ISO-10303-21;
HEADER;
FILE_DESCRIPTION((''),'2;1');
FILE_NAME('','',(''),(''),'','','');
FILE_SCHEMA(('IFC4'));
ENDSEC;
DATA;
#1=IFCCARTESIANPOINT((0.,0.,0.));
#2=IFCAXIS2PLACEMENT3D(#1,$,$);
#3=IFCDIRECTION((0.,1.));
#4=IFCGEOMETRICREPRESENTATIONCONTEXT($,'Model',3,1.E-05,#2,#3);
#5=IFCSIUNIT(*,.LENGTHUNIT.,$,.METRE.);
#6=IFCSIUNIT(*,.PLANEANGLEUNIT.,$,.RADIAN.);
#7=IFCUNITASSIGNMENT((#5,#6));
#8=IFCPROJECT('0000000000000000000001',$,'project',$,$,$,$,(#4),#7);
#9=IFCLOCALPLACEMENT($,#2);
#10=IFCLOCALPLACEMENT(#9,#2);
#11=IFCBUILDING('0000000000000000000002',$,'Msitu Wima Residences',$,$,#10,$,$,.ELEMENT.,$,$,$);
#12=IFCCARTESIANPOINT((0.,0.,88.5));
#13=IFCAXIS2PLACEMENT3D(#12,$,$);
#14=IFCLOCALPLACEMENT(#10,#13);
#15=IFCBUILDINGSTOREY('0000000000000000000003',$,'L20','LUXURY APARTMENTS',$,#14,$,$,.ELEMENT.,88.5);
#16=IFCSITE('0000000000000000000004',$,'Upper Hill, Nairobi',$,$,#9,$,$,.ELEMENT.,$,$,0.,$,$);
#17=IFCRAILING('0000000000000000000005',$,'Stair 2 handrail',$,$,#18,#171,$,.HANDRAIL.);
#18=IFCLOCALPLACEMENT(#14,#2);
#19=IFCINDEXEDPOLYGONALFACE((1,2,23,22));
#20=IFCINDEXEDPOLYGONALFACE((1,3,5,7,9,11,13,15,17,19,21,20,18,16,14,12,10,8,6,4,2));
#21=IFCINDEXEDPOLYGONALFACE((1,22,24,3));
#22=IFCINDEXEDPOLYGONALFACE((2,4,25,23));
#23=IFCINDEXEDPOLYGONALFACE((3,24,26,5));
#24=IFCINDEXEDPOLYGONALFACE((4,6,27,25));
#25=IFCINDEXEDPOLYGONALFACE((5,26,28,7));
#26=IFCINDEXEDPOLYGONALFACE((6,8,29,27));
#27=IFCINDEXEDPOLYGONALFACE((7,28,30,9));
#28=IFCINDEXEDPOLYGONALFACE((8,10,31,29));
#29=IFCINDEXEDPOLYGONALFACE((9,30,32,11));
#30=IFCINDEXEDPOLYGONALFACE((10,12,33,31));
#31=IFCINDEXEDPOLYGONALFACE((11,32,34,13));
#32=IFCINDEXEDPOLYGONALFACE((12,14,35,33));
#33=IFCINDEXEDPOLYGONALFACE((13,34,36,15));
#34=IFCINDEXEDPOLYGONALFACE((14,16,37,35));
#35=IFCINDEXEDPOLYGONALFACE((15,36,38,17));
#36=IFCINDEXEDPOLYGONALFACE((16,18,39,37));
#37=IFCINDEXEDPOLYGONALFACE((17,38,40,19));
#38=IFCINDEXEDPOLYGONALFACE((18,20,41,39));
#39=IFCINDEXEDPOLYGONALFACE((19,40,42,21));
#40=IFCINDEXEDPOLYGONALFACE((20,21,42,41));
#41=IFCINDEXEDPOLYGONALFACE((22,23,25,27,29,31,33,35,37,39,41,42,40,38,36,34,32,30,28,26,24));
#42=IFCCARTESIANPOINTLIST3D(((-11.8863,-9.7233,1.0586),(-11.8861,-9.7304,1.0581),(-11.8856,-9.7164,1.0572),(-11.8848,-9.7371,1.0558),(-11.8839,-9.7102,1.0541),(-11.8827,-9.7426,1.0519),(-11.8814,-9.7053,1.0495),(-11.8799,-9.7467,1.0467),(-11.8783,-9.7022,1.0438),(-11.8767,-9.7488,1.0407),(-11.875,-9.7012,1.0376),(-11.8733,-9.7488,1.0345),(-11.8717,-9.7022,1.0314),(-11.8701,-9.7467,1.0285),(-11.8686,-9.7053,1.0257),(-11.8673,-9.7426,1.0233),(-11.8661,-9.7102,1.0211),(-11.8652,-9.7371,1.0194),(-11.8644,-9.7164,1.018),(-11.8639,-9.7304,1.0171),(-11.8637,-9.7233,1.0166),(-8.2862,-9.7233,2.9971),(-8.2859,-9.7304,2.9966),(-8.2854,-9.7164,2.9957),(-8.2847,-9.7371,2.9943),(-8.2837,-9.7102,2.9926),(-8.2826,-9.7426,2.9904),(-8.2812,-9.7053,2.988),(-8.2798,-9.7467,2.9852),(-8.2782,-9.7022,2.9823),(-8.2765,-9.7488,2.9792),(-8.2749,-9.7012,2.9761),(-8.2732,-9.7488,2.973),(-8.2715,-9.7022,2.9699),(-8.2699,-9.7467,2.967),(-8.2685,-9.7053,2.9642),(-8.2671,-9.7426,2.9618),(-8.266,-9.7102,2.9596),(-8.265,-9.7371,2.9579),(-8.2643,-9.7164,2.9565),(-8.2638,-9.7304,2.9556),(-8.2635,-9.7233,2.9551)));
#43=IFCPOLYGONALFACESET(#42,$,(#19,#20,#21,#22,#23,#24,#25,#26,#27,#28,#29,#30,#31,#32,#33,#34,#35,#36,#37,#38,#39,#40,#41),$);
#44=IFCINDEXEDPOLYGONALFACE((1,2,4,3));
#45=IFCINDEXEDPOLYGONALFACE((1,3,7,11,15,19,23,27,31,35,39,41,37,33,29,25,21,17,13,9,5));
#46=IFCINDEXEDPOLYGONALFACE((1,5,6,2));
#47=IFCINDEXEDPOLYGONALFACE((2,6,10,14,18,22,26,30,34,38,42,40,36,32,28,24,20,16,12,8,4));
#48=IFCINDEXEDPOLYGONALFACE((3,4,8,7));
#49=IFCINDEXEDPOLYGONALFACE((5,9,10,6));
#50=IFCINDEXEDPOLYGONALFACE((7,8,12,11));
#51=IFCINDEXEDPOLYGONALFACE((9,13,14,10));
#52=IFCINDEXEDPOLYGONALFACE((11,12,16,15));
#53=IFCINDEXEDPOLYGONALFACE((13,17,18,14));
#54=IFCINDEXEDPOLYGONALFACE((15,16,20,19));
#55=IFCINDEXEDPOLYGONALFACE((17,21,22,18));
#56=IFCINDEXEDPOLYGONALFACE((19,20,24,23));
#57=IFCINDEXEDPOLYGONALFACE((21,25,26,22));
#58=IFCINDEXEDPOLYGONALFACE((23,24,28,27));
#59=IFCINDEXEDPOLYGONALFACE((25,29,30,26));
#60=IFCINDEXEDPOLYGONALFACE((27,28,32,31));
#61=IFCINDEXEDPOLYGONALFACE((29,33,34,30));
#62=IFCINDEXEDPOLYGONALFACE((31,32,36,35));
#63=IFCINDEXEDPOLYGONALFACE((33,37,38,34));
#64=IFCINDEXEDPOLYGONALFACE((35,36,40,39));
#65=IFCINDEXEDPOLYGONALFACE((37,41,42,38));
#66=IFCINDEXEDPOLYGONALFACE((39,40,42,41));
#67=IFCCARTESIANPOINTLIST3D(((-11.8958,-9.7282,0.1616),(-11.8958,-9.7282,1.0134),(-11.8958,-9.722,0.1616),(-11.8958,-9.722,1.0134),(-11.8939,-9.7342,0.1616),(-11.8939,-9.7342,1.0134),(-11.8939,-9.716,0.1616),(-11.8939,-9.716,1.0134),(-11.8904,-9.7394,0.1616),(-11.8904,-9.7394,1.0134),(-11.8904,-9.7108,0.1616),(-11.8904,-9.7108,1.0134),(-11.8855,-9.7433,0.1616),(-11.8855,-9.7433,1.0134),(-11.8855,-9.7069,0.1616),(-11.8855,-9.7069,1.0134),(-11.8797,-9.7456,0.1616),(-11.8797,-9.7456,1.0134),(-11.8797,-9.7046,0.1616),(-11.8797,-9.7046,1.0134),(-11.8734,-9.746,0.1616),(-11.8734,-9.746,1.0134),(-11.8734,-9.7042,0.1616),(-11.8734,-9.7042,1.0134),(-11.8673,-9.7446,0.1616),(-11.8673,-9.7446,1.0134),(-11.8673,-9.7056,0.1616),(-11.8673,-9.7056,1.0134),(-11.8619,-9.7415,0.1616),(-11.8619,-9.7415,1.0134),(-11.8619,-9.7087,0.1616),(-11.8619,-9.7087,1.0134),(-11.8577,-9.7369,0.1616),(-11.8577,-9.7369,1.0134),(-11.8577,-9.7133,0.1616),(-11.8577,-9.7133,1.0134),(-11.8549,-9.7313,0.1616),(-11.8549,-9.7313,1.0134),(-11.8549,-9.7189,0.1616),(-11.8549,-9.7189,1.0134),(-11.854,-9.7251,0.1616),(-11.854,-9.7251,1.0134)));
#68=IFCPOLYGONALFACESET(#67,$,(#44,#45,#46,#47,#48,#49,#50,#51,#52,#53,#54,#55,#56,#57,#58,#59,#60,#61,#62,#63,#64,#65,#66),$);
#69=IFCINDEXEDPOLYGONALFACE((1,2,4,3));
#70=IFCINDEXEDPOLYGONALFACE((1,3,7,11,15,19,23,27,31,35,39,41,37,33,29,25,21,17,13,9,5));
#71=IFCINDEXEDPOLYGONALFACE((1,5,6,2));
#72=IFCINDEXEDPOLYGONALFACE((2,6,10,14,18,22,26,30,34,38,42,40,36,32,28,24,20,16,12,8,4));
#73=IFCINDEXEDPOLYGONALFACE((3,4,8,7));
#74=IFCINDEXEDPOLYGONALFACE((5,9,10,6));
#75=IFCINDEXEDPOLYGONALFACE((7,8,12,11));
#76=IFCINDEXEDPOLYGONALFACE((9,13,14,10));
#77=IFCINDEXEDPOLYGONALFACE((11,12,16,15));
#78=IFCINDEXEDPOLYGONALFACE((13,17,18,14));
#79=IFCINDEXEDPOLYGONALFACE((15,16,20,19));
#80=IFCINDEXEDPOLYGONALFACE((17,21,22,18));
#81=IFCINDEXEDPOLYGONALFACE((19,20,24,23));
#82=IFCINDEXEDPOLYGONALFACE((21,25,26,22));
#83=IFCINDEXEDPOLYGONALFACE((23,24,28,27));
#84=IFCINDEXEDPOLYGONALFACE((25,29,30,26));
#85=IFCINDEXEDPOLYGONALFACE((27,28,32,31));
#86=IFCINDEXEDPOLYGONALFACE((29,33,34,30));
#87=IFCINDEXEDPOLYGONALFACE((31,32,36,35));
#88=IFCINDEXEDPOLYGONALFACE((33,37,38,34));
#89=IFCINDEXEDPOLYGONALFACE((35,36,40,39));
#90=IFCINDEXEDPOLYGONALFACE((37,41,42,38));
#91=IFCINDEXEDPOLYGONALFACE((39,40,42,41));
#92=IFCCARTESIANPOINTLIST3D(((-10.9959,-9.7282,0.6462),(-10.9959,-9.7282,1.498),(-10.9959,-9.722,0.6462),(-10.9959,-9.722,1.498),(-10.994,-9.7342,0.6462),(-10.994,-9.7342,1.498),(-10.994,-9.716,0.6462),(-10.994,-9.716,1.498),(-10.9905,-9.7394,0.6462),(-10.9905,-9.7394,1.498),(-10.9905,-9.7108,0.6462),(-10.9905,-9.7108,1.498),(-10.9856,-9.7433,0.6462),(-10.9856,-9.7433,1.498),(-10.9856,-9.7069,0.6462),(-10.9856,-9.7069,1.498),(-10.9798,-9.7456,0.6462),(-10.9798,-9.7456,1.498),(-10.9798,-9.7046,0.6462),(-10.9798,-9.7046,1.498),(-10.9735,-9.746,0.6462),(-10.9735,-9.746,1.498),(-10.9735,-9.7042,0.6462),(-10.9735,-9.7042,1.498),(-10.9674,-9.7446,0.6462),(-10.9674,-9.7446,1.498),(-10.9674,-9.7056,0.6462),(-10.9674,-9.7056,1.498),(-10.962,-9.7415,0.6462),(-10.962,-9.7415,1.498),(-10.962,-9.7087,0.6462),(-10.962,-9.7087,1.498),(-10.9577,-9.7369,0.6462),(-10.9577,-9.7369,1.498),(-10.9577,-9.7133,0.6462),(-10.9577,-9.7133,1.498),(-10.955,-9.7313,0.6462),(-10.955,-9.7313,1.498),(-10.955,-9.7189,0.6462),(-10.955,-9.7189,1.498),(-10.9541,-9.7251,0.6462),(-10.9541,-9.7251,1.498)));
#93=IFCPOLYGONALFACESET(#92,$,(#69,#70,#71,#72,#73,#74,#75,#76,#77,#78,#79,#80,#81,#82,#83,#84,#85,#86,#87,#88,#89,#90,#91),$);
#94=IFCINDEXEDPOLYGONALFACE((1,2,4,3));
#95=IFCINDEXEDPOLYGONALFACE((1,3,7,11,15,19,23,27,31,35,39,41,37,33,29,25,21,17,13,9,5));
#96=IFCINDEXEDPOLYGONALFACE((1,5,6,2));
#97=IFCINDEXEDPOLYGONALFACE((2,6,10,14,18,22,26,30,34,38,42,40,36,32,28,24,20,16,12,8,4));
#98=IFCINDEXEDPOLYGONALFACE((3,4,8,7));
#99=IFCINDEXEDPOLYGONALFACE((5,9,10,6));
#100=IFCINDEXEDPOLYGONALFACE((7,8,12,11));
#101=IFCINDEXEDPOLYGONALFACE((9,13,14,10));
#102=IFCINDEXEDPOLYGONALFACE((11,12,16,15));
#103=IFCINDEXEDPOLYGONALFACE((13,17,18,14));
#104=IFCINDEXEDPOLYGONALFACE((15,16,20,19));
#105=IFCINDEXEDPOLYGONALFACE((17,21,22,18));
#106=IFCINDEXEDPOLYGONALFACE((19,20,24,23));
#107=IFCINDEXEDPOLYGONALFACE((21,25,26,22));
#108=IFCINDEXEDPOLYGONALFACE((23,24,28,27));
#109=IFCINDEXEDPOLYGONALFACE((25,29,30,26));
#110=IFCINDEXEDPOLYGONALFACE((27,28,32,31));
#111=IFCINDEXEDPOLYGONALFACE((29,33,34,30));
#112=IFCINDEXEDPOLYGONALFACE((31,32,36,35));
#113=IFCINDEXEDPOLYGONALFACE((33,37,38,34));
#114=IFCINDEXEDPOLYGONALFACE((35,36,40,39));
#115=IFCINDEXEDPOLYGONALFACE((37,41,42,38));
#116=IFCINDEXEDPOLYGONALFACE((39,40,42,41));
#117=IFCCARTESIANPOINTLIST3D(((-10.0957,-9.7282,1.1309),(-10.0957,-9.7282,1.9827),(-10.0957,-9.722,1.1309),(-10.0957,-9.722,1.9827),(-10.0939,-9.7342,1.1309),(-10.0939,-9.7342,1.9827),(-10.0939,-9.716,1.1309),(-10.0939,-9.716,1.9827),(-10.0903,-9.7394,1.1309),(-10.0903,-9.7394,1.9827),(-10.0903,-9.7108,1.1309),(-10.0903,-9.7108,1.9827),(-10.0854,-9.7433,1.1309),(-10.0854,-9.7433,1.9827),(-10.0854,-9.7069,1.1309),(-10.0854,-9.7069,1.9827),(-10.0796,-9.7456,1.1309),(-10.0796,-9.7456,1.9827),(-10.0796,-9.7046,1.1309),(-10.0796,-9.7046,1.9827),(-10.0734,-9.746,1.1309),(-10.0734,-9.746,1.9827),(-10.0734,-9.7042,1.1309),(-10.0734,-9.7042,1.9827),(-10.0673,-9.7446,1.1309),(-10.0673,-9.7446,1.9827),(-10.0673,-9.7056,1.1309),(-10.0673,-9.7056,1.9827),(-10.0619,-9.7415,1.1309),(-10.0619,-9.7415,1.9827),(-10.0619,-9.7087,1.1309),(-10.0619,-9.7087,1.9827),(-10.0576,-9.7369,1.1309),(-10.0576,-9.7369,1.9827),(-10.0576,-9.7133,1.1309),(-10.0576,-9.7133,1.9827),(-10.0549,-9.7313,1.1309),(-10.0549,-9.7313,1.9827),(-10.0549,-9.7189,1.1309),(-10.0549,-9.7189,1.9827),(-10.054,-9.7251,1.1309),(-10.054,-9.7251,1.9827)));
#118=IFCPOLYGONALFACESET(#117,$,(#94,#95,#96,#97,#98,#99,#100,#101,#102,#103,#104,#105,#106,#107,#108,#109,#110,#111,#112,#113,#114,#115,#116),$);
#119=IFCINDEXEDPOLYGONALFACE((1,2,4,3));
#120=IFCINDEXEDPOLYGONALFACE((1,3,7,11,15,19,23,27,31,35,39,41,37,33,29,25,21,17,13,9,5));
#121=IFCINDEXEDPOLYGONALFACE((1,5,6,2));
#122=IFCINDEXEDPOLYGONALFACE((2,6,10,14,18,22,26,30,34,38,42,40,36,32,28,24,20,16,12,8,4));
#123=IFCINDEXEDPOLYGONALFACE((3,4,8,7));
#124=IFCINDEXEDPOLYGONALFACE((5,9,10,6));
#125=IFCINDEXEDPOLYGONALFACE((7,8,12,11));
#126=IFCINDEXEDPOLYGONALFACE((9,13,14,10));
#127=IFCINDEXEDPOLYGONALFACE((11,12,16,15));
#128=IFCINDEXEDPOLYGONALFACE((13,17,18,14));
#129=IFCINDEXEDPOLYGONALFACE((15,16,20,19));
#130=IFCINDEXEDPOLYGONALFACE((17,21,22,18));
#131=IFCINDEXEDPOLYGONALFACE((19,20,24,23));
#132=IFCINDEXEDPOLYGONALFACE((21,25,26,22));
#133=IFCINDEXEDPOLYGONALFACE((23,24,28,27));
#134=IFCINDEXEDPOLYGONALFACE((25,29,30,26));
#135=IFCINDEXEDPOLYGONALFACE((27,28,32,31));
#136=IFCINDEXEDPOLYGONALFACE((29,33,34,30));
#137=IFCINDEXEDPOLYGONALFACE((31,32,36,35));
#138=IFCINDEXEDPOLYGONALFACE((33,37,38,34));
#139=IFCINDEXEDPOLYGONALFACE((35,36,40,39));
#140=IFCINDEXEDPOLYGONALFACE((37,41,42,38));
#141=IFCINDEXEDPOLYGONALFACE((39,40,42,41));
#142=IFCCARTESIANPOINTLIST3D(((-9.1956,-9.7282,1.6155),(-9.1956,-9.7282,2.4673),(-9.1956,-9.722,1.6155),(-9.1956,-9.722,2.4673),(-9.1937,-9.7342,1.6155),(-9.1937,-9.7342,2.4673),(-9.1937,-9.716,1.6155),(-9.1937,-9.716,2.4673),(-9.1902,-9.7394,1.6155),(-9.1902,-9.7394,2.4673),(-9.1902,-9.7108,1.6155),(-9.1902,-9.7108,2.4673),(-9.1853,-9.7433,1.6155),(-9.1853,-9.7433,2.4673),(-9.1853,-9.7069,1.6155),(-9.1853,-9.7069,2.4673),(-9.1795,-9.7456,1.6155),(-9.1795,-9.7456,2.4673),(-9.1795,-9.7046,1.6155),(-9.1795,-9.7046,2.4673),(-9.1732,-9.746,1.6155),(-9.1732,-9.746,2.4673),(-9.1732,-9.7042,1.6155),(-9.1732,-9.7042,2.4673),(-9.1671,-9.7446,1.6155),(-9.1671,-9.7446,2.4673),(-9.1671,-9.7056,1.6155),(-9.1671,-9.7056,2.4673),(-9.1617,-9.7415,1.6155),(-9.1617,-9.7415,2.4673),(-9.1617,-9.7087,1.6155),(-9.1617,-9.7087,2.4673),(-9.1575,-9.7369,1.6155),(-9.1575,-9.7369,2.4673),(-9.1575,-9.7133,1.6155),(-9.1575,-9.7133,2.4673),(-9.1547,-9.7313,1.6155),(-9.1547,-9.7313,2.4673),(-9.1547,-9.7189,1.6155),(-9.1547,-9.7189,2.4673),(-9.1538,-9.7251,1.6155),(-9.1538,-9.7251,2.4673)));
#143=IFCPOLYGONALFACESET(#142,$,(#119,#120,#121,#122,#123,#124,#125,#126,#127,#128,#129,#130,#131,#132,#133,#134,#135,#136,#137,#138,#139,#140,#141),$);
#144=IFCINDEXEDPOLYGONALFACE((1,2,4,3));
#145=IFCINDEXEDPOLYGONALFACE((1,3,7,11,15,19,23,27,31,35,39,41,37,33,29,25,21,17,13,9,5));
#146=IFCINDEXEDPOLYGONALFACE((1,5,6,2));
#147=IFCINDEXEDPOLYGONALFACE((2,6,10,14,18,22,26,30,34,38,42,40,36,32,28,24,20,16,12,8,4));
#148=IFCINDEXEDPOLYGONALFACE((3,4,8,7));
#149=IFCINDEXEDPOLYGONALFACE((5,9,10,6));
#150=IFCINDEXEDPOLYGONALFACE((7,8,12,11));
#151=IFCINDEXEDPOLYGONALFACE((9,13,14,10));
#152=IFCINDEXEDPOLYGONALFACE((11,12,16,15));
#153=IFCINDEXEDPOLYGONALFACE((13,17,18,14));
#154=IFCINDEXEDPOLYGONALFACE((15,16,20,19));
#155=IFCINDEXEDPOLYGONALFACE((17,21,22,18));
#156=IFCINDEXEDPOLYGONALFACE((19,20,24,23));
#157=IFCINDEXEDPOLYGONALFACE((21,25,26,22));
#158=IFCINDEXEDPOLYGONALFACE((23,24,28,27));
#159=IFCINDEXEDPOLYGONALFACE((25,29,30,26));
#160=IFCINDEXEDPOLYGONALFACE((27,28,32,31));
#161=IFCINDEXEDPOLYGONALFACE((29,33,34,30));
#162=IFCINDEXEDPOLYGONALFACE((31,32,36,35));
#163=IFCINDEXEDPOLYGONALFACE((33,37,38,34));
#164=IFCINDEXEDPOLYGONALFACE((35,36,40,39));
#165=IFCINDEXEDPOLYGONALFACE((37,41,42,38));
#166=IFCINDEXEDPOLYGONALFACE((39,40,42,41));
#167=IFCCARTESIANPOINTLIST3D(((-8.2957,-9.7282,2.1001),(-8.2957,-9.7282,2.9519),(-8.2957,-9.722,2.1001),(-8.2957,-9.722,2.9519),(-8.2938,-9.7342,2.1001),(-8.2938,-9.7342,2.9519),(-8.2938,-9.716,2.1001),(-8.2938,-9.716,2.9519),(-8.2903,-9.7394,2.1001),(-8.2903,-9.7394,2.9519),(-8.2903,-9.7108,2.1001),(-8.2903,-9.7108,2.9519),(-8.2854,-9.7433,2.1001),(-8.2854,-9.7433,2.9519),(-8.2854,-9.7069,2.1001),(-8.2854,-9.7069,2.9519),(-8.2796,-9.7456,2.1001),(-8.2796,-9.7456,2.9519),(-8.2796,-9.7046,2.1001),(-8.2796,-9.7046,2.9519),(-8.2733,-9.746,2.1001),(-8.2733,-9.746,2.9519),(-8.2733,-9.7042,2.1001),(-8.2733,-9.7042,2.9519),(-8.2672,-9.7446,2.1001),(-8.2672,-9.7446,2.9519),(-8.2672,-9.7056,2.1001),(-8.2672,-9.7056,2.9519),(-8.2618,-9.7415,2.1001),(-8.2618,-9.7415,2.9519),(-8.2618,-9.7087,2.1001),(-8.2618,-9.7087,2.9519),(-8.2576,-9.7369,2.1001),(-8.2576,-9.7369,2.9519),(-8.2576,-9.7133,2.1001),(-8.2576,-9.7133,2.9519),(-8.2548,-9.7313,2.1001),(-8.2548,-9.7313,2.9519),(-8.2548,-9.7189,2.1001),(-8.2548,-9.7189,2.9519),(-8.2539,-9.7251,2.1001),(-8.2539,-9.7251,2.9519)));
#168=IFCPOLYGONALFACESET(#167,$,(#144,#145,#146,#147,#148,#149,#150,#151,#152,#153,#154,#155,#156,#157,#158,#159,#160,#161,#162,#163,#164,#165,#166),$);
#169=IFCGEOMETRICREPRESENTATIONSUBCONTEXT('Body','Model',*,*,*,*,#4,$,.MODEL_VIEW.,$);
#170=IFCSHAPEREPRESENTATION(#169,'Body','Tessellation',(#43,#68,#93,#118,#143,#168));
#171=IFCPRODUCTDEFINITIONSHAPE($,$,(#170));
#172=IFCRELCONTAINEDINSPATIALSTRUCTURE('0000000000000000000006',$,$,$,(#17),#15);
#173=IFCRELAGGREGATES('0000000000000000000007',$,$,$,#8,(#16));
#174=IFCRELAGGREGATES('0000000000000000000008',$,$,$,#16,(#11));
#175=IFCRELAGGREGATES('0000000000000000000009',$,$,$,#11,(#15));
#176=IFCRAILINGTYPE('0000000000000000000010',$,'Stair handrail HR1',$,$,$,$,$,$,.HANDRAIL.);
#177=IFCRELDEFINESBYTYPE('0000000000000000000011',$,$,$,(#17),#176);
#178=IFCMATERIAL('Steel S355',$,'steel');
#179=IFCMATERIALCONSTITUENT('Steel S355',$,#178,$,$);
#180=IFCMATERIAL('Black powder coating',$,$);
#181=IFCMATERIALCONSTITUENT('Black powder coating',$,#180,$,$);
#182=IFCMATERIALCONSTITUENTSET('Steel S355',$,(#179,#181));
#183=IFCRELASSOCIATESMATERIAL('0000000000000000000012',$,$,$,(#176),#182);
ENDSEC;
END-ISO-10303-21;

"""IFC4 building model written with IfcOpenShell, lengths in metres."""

from ifc_helpers import new_model, si_unit, direction, frame, origin, origin_2d, place, context, subcontext, project, spatial, circle, extrude, material, constituent, constituent_set, type_object, element, save


model = new_model("IFC4")

# Units and contexts
model_context = context("Model", 3, precision=1e-05, world=origin(), true_north=direction((0.0, 1.0)))
body_context = subcontext(model_context, "Body", "Model", "MODEL_VIEW")
ifc_project = project(units=[si_unit("LENGTHUNIT", "METRE"), si_unit("PLANEANGLEUNIT", "RADIAN")], contexts=[model_context])

# Site, building, storey
site_placement = place(None, origin())
site = spatial("IfcSite", under=ifc_project, at=site_placement, Name="Upper Hill, Nairobi", CompositionType="ELEMENT", RefElevation=0.0)
building_placement = place(site_placement, origin())
building = spatial("IfcBuilding", under=site, at=building_placement, Name="Msitu Wima Residences", CompositionType="ELEMENT")
storey_placement = place(building_placement, frame((0.0, 0.0, 88.5)))
storey = spatial("IfcBuildingStorey", under=building, at=storey_placement, Name="L20", Description="LUXURY APARTMENTS", CompositionType="ELEMENT", Elevation=88.5)

# Railing
ifc_material_1 = material(Name="Steel S355", Category="steel")
ifc_constituent_1 = constituent(ifc_material_1, Name="Steel S355")
ifc_material_2 = material(Name="Black powder coating")
ifc_constituent_2 = constituent(ifc_material_2, Name="Black powder coating")
ifc_constituent_set = constituent_set(constituents=[ifc_constituent_1, ifc_constituent_2], Name="Steel S355")
railing_type = type_object("IfcRailingType", Name="Stair handrail HR1", PredefinedType="HANDRAIL", material=ifc_constituent_set)
for number, where, name in (
    (1, (-11.875, -9.7251, 0.1616), "Stair 2 handrail"),
):
    element("IfcRailing", number, at=place(storey_placement, frame(where)), inside=storey, type_object=railing_type, Name=name, PredefinedType="HANDRAIL", context=body_context, shape_type="SweptSolid", body=[
        extrude(circle(Radius=0.0239, at=origin_2d()), frame((0.0, 0.0, 0.876), z_axis=(0.880475, 0.0, 0.474093), x_axis=(0.0, 1.0, 0.0)), (0.0, 0.0, 1.0), 4.0889),
        extrude(circle(Radius=0.021, at=origin_2d()), origin(), (0.0, 0.0, 1.0), 0.8518),
        extrude(circle(Radius=0.021, at=origin_2d()), frame((0.8999, 0.0, 0.4846)), (0.0, 0.0, 1.0), 0.8518),
        extrude(circle(Radius=0.021, at=origin_2d()), frame((1.8, 0.0, 0.9692)), (0.0, 0.0, 1.0), 0.8518),
        extrude(circle(Radius=0.021, at=origin_2d()), frame((2.7002, 0.0, 1.4539)), (0.0, 0.0, 1.0), 0.8518),
        extrude(circle(Radius=0.021, at=origin_2d()), frame((3.6001, 0.0, 1.9385)), (0.0, 0.0, 1.0), 0.8518),
    ])

save(model, "model.ifc")
